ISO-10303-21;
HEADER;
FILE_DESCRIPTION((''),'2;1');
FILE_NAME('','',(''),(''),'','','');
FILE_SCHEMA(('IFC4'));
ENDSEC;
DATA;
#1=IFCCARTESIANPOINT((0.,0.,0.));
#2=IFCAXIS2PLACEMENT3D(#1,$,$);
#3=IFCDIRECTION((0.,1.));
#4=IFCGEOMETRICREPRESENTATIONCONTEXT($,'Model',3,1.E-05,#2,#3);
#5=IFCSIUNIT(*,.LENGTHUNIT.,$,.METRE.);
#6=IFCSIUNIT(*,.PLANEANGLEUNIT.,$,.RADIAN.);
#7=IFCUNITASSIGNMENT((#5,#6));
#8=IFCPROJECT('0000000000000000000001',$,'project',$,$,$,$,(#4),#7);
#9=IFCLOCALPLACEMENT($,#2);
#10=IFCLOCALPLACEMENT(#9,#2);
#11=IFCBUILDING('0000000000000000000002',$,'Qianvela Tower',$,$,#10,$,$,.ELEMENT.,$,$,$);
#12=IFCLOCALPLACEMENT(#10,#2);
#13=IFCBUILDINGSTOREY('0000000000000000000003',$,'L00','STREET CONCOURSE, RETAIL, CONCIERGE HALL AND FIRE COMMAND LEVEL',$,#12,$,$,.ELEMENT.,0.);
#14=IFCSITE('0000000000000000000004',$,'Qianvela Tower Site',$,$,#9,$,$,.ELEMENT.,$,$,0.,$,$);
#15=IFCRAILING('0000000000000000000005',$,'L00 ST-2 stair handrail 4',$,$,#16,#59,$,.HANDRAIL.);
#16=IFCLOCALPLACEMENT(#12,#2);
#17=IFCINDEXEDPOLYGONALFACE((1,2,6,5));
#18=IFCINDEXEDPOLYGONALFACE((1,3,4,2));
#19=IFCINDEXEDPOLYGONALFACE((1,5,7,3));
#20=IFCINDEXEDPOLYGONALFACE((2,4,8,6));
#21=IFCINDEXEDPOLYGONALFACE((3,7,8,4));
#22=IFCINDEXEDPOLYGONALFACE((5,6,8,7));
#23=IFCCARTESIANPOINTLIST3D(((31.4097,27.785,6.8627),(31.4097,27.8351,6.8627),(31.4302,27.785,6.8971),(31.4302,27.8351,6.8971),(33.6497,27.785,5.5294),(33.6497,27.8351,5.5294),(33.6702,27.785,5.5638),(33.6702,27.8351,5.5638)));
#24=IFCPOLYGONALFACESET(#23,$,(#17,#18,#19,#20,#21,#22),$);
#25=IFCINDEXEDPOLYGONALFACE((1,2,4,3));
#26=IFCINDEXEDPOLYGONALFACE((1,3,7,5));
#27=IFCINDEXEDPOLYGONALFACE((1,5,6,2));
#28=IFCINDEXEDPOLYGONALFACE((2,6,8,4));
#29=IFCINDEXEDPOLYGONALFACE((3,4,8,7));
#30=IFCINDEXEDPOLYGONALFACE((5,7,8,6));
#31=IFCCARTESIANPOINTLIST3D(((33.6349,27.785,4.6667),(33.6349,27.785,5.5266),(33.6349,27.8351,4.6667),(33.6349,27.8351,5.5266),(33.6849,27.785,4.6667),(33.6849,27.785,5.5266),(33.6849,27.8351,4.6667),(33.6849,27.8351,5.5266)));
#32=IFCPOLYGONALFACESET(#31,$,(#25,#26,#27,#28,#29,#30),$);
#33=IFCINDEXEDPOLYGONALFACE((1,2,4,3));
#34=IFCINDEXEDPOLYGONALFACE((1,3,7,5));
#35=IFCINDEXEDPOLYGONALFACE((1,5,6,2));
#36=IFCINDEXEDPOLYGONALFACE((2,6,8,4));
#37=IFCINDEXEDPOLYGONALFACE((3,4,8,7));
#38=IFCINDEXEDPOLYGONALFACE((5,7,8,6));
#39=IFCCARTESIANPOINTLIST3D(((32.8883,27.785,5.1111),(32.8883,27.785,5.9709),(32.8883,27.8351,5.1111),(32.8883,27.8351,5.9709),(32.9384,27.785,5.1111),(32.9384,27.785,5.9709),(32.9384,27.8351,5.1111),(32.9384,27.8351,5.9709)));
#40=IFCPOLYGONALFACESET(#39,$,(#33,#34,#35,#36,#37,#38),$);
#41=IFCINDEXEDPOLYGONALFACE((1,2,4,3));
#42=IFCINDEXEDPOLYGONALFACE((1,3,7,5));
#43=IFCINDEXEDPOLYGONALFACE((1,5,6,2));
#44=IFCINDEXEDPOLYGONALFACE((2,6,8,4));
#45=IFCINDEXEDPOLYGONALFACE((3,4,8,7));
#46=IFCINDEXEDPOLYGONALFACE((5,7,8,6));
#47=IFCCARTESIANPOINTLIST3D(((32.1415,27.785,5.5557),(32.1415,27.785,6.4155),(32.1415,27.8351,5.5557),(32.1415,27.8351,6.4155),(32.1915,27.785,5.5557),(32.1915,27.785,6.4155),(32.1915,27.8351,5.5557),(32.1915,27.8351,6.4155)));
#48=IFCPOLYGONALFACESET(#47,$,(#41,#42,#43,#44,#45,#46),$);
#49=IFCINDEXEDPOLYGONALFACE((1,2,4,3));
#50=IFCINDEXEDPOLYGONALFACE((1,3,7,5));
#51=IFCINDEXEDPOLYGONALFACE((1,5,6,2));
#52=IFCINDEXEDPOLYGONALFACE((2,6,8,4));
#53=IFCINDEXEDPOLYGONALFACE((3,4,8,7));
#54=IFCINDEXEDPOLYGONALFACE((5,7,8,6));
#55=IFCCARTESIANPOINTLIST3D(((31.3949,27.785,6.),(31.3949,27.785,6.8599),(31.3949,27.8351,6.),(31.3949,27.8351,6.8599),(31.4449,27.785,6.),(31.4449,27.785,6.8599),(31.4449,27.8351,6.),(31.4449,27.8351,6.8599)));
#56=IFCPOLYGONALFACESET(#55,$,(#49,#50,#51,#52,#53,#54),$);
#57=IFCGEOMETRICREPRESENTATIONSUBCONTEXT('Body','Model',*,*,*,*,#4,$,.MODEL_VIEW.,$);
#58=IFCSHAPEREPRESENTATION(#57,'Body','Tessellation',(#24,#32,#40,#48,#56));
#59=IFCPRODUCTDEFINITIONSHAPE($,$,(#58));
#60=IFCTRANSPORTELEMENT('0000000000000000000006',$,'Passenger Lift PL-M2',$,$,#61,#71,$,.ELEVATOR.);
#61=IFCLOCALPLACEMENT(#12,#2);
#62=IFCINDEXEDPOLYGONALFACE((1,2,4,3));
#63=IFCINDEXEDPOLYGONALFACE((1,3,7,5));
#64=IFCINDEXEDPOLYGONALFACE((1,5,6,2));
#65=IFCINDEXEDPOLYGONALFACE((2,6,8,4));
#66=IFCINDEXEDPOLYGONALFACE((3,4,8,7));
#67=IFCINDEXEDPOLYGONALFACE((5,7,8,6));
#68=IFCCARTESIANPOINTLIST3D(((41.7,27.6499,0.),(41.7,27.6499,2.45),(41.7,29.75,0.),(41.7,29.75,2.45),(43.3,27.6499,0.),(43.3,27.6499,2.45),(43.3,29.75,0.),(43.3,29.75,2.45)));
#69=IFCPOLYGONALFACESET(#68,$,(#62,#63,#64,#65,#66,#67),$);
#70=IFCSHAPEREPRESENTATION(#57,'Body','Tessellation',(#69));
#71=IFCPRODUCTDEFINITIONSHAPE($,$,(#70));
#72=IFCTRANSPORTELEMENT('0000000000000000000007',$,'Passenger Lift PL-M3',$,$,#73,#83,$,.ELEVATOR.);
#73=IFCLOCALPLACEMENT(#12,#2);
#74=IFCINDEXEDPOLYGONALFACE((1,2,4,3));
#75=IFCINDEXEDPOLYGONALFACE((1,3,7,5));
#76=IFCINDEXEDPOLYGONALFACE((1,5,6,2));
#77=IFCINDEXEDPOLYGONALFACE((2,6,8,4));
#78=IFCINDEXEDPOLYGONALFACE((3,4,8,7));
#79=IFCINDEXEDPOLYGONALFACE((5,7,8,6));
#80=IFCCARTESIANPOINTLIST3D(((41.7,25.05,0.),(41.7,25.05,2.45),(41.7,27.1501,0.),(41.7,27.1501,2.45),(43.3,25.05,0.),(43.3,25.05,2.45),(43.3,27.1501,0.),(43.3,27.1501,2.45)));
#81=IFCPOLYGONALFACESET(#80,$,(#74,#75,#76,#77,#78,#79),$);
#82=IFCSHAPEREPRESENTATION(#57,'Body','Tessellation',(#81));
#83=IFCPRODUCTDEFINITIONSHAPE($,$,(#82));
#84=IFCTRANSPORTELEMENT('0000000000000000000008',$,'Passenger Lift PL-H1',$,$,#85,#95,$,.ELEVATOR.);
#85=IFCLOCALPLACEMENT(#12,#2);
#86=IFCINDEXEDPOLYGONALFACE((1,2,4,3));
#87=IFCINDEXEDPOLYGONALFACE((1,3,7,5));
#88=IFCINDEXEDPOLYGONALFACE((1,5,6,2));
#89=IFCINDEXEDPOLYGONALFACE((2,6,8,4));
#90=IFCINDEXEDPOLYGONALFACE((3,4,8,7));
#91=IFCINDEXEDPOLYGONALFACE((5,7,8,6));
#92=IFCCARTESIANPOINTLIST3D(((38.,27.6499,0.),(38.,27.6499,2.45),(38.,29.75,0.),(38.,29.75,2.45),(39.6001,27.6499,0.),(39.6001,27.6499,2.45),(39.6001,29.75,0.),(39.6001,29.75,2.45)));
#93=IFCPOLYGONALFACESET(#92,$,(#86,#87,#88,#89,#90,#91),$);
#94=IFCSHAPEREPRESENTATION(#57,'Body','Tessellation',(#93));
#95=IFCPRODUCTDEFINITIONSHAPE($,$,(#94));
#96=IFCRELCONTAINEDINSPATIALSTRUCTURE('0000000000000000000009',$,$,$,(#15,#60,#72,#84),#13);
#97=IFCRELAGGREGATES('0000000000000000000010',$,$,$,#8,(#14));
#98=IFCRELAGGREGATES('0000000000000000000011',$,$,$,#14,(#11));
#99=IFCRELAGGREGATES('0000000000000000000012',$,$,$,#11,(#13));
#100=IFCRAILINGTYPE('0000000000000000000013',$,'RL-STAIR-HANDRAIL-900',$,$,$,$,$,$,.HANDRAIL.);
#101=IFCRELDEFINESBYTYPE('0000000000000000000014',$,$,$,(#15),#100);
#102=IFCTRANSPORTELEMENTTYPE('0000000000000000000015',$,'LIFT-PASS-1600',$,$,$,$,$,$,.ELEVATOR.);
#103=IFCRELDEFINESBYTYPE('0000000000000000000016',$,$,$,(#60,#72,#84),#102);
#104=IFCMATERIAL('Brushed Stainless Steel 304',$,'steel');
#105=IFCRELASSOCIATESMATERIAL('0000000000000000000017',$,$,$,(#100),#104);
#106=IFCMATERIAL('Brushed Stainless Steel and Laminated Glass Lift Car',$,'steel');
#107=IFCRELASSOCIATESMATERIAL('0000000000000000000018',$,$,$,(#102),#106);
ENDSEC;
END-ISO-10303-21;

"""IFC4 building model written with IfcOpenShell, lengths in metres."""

from ifc_helpers import new_model, si_unit, direction, frame, origin, origin_2d, place, context, subcontext, project, spatial, rectangle, extrude, material, type_object, element, save


model = new_model("IFC4")

# Units and contexts
model_context = context("Model", 3, precision=1e-05, world=origin(), true_north=direction((0.0, 1.0)))
body_context = subcontext(model_context, "Body", "Model", "MODEL_VIEW")
ifc_project = project(units=[si_unit("LENGTHUNIT", "METRE"), si_unit("PLANEANGLEUNIT", "RADIAN")], contexts=[model_context])

# Site, building, storey
site_placement = place(None, origin())
site = spatial("IfcSite", under=ifc_project, at=site_placement, Name="Qianvela Tower Site", CompositionType="ELEMENT", RefElevation=0.0)
building_placement = place(site_placement, origin())
building = spatial("IfcBuilding", under=site, at=building_placement, Name="Qianvela Tower", CompositionType="ELEMENT")
storey_placement = place(building_placement, origin())
storey = spatial("IfcBuildingStorey", under=building, at=storey_placement, Name="L00", Description="STREET CONCOURSE, RETAIL, CONCIERGE HALL AND FIRE COMMAND LEVEL", CompositionType="ELEMENT", Elevation=0.0)

# Railing
ifc_material_1 = material(Name="Brushed Stainless Steel 304", Category="steel")
railing_type_1 = type_object("IfcRailingType", Name="RL-STAIR-HANDRAIL-900", PredefinedType="HANDRAIL", material=ifc_material_1)
for number, where, name in (
    (1, (33.6599, 27.8101, 4.6667), "L00 ST-2 stair handrail 4"),
):
    element("IfcRailing", number, at=place(storey_placement, frame(where)), inside=storey, type_object=railing_type_1, Name=name, PredefinedType="HANDRAIL", context=body_context, shape_type="SweptSolid", body=[
        extrude(rectangle(XDim=0.05, YDim=0.04, at=origin_2d()), frame((0.0, 0.0, 0.8799), z_axis=(-0.859306, 0.0, 0.511462), x_axis=(0.0, -1.0, 0.0)), (0.0, 0.0, 1.0), 2.6067),
        extrude(rectangle(XDim=0.05, YDim=0.05, at=origin_2d()), origin(), (0.0, 0.0, 1.0), 0.8599),
        extrude(rectangle(XDim=0.05, YDim=0.05, at=origin_2d()), frame((-0.7466, 0.0, 0.4443)), (0.0, 0.0, 1.0), 0.8599),
        extrude(rectangle(XDim=0.05, YDim=0.05, at=origin_2d()), frame((-1.4934, 0.0, 0.8889)), (0.0, 0.0, 1.0), 0.8599),
        extrude(rectangle(XDim=0.05, YDim=0.05, at=origin_2d()), frame((-2.24, 0.0, 1.3333)), (0.0, 0.0, 1.0), 0.8599),
    ])

# Transport elements
ifc_material_2 = material(Name="Brushed Stainless Steel and Laminated Glass Lift Car", Category="steel")
transport_element_type = type_object("IfcTransportElementType", Name="LIFT-PASS-1600", PredefinedType="ELEVATOR", material=ifc_material_2)
for number, where, z_axis, x_axis, name in (
    (2, (42.5, 28.7, 0.0), (0.0, 0.0, 1.0), (1.0, 0.0, 0.0), "Passenger Lift PL-M2"),
    (3, (42.5, 26.1001, 0.0), (0.0, 0.0, 1.0), (1.0, 0.0, 0.0), "Passenger Lift PL-M3"),
    (4, (38.8, 28.7, 0.0), (0.0, 0.0, 1.0), (1.0, 0.0, 0.0), "Passenger Lift PL-H1"),
):
    element("IfcTransportElement", number, at=place(storey_placement, frame(where, z_axis=z_axis, x_axis=x_axis)), inside=storey, type_object=transport_element_type, Name=name, PredefinedType="ELEVATOR", context=body_context, shape_type="SweptSolid", body=[
        extrude(rectangle(XDim=1.6001, YDim=2.1001, at=origin_2d()), origin(), (0.0, 0.0, 1.0), 2.45),
    ])

save(model, "model.ifc")
